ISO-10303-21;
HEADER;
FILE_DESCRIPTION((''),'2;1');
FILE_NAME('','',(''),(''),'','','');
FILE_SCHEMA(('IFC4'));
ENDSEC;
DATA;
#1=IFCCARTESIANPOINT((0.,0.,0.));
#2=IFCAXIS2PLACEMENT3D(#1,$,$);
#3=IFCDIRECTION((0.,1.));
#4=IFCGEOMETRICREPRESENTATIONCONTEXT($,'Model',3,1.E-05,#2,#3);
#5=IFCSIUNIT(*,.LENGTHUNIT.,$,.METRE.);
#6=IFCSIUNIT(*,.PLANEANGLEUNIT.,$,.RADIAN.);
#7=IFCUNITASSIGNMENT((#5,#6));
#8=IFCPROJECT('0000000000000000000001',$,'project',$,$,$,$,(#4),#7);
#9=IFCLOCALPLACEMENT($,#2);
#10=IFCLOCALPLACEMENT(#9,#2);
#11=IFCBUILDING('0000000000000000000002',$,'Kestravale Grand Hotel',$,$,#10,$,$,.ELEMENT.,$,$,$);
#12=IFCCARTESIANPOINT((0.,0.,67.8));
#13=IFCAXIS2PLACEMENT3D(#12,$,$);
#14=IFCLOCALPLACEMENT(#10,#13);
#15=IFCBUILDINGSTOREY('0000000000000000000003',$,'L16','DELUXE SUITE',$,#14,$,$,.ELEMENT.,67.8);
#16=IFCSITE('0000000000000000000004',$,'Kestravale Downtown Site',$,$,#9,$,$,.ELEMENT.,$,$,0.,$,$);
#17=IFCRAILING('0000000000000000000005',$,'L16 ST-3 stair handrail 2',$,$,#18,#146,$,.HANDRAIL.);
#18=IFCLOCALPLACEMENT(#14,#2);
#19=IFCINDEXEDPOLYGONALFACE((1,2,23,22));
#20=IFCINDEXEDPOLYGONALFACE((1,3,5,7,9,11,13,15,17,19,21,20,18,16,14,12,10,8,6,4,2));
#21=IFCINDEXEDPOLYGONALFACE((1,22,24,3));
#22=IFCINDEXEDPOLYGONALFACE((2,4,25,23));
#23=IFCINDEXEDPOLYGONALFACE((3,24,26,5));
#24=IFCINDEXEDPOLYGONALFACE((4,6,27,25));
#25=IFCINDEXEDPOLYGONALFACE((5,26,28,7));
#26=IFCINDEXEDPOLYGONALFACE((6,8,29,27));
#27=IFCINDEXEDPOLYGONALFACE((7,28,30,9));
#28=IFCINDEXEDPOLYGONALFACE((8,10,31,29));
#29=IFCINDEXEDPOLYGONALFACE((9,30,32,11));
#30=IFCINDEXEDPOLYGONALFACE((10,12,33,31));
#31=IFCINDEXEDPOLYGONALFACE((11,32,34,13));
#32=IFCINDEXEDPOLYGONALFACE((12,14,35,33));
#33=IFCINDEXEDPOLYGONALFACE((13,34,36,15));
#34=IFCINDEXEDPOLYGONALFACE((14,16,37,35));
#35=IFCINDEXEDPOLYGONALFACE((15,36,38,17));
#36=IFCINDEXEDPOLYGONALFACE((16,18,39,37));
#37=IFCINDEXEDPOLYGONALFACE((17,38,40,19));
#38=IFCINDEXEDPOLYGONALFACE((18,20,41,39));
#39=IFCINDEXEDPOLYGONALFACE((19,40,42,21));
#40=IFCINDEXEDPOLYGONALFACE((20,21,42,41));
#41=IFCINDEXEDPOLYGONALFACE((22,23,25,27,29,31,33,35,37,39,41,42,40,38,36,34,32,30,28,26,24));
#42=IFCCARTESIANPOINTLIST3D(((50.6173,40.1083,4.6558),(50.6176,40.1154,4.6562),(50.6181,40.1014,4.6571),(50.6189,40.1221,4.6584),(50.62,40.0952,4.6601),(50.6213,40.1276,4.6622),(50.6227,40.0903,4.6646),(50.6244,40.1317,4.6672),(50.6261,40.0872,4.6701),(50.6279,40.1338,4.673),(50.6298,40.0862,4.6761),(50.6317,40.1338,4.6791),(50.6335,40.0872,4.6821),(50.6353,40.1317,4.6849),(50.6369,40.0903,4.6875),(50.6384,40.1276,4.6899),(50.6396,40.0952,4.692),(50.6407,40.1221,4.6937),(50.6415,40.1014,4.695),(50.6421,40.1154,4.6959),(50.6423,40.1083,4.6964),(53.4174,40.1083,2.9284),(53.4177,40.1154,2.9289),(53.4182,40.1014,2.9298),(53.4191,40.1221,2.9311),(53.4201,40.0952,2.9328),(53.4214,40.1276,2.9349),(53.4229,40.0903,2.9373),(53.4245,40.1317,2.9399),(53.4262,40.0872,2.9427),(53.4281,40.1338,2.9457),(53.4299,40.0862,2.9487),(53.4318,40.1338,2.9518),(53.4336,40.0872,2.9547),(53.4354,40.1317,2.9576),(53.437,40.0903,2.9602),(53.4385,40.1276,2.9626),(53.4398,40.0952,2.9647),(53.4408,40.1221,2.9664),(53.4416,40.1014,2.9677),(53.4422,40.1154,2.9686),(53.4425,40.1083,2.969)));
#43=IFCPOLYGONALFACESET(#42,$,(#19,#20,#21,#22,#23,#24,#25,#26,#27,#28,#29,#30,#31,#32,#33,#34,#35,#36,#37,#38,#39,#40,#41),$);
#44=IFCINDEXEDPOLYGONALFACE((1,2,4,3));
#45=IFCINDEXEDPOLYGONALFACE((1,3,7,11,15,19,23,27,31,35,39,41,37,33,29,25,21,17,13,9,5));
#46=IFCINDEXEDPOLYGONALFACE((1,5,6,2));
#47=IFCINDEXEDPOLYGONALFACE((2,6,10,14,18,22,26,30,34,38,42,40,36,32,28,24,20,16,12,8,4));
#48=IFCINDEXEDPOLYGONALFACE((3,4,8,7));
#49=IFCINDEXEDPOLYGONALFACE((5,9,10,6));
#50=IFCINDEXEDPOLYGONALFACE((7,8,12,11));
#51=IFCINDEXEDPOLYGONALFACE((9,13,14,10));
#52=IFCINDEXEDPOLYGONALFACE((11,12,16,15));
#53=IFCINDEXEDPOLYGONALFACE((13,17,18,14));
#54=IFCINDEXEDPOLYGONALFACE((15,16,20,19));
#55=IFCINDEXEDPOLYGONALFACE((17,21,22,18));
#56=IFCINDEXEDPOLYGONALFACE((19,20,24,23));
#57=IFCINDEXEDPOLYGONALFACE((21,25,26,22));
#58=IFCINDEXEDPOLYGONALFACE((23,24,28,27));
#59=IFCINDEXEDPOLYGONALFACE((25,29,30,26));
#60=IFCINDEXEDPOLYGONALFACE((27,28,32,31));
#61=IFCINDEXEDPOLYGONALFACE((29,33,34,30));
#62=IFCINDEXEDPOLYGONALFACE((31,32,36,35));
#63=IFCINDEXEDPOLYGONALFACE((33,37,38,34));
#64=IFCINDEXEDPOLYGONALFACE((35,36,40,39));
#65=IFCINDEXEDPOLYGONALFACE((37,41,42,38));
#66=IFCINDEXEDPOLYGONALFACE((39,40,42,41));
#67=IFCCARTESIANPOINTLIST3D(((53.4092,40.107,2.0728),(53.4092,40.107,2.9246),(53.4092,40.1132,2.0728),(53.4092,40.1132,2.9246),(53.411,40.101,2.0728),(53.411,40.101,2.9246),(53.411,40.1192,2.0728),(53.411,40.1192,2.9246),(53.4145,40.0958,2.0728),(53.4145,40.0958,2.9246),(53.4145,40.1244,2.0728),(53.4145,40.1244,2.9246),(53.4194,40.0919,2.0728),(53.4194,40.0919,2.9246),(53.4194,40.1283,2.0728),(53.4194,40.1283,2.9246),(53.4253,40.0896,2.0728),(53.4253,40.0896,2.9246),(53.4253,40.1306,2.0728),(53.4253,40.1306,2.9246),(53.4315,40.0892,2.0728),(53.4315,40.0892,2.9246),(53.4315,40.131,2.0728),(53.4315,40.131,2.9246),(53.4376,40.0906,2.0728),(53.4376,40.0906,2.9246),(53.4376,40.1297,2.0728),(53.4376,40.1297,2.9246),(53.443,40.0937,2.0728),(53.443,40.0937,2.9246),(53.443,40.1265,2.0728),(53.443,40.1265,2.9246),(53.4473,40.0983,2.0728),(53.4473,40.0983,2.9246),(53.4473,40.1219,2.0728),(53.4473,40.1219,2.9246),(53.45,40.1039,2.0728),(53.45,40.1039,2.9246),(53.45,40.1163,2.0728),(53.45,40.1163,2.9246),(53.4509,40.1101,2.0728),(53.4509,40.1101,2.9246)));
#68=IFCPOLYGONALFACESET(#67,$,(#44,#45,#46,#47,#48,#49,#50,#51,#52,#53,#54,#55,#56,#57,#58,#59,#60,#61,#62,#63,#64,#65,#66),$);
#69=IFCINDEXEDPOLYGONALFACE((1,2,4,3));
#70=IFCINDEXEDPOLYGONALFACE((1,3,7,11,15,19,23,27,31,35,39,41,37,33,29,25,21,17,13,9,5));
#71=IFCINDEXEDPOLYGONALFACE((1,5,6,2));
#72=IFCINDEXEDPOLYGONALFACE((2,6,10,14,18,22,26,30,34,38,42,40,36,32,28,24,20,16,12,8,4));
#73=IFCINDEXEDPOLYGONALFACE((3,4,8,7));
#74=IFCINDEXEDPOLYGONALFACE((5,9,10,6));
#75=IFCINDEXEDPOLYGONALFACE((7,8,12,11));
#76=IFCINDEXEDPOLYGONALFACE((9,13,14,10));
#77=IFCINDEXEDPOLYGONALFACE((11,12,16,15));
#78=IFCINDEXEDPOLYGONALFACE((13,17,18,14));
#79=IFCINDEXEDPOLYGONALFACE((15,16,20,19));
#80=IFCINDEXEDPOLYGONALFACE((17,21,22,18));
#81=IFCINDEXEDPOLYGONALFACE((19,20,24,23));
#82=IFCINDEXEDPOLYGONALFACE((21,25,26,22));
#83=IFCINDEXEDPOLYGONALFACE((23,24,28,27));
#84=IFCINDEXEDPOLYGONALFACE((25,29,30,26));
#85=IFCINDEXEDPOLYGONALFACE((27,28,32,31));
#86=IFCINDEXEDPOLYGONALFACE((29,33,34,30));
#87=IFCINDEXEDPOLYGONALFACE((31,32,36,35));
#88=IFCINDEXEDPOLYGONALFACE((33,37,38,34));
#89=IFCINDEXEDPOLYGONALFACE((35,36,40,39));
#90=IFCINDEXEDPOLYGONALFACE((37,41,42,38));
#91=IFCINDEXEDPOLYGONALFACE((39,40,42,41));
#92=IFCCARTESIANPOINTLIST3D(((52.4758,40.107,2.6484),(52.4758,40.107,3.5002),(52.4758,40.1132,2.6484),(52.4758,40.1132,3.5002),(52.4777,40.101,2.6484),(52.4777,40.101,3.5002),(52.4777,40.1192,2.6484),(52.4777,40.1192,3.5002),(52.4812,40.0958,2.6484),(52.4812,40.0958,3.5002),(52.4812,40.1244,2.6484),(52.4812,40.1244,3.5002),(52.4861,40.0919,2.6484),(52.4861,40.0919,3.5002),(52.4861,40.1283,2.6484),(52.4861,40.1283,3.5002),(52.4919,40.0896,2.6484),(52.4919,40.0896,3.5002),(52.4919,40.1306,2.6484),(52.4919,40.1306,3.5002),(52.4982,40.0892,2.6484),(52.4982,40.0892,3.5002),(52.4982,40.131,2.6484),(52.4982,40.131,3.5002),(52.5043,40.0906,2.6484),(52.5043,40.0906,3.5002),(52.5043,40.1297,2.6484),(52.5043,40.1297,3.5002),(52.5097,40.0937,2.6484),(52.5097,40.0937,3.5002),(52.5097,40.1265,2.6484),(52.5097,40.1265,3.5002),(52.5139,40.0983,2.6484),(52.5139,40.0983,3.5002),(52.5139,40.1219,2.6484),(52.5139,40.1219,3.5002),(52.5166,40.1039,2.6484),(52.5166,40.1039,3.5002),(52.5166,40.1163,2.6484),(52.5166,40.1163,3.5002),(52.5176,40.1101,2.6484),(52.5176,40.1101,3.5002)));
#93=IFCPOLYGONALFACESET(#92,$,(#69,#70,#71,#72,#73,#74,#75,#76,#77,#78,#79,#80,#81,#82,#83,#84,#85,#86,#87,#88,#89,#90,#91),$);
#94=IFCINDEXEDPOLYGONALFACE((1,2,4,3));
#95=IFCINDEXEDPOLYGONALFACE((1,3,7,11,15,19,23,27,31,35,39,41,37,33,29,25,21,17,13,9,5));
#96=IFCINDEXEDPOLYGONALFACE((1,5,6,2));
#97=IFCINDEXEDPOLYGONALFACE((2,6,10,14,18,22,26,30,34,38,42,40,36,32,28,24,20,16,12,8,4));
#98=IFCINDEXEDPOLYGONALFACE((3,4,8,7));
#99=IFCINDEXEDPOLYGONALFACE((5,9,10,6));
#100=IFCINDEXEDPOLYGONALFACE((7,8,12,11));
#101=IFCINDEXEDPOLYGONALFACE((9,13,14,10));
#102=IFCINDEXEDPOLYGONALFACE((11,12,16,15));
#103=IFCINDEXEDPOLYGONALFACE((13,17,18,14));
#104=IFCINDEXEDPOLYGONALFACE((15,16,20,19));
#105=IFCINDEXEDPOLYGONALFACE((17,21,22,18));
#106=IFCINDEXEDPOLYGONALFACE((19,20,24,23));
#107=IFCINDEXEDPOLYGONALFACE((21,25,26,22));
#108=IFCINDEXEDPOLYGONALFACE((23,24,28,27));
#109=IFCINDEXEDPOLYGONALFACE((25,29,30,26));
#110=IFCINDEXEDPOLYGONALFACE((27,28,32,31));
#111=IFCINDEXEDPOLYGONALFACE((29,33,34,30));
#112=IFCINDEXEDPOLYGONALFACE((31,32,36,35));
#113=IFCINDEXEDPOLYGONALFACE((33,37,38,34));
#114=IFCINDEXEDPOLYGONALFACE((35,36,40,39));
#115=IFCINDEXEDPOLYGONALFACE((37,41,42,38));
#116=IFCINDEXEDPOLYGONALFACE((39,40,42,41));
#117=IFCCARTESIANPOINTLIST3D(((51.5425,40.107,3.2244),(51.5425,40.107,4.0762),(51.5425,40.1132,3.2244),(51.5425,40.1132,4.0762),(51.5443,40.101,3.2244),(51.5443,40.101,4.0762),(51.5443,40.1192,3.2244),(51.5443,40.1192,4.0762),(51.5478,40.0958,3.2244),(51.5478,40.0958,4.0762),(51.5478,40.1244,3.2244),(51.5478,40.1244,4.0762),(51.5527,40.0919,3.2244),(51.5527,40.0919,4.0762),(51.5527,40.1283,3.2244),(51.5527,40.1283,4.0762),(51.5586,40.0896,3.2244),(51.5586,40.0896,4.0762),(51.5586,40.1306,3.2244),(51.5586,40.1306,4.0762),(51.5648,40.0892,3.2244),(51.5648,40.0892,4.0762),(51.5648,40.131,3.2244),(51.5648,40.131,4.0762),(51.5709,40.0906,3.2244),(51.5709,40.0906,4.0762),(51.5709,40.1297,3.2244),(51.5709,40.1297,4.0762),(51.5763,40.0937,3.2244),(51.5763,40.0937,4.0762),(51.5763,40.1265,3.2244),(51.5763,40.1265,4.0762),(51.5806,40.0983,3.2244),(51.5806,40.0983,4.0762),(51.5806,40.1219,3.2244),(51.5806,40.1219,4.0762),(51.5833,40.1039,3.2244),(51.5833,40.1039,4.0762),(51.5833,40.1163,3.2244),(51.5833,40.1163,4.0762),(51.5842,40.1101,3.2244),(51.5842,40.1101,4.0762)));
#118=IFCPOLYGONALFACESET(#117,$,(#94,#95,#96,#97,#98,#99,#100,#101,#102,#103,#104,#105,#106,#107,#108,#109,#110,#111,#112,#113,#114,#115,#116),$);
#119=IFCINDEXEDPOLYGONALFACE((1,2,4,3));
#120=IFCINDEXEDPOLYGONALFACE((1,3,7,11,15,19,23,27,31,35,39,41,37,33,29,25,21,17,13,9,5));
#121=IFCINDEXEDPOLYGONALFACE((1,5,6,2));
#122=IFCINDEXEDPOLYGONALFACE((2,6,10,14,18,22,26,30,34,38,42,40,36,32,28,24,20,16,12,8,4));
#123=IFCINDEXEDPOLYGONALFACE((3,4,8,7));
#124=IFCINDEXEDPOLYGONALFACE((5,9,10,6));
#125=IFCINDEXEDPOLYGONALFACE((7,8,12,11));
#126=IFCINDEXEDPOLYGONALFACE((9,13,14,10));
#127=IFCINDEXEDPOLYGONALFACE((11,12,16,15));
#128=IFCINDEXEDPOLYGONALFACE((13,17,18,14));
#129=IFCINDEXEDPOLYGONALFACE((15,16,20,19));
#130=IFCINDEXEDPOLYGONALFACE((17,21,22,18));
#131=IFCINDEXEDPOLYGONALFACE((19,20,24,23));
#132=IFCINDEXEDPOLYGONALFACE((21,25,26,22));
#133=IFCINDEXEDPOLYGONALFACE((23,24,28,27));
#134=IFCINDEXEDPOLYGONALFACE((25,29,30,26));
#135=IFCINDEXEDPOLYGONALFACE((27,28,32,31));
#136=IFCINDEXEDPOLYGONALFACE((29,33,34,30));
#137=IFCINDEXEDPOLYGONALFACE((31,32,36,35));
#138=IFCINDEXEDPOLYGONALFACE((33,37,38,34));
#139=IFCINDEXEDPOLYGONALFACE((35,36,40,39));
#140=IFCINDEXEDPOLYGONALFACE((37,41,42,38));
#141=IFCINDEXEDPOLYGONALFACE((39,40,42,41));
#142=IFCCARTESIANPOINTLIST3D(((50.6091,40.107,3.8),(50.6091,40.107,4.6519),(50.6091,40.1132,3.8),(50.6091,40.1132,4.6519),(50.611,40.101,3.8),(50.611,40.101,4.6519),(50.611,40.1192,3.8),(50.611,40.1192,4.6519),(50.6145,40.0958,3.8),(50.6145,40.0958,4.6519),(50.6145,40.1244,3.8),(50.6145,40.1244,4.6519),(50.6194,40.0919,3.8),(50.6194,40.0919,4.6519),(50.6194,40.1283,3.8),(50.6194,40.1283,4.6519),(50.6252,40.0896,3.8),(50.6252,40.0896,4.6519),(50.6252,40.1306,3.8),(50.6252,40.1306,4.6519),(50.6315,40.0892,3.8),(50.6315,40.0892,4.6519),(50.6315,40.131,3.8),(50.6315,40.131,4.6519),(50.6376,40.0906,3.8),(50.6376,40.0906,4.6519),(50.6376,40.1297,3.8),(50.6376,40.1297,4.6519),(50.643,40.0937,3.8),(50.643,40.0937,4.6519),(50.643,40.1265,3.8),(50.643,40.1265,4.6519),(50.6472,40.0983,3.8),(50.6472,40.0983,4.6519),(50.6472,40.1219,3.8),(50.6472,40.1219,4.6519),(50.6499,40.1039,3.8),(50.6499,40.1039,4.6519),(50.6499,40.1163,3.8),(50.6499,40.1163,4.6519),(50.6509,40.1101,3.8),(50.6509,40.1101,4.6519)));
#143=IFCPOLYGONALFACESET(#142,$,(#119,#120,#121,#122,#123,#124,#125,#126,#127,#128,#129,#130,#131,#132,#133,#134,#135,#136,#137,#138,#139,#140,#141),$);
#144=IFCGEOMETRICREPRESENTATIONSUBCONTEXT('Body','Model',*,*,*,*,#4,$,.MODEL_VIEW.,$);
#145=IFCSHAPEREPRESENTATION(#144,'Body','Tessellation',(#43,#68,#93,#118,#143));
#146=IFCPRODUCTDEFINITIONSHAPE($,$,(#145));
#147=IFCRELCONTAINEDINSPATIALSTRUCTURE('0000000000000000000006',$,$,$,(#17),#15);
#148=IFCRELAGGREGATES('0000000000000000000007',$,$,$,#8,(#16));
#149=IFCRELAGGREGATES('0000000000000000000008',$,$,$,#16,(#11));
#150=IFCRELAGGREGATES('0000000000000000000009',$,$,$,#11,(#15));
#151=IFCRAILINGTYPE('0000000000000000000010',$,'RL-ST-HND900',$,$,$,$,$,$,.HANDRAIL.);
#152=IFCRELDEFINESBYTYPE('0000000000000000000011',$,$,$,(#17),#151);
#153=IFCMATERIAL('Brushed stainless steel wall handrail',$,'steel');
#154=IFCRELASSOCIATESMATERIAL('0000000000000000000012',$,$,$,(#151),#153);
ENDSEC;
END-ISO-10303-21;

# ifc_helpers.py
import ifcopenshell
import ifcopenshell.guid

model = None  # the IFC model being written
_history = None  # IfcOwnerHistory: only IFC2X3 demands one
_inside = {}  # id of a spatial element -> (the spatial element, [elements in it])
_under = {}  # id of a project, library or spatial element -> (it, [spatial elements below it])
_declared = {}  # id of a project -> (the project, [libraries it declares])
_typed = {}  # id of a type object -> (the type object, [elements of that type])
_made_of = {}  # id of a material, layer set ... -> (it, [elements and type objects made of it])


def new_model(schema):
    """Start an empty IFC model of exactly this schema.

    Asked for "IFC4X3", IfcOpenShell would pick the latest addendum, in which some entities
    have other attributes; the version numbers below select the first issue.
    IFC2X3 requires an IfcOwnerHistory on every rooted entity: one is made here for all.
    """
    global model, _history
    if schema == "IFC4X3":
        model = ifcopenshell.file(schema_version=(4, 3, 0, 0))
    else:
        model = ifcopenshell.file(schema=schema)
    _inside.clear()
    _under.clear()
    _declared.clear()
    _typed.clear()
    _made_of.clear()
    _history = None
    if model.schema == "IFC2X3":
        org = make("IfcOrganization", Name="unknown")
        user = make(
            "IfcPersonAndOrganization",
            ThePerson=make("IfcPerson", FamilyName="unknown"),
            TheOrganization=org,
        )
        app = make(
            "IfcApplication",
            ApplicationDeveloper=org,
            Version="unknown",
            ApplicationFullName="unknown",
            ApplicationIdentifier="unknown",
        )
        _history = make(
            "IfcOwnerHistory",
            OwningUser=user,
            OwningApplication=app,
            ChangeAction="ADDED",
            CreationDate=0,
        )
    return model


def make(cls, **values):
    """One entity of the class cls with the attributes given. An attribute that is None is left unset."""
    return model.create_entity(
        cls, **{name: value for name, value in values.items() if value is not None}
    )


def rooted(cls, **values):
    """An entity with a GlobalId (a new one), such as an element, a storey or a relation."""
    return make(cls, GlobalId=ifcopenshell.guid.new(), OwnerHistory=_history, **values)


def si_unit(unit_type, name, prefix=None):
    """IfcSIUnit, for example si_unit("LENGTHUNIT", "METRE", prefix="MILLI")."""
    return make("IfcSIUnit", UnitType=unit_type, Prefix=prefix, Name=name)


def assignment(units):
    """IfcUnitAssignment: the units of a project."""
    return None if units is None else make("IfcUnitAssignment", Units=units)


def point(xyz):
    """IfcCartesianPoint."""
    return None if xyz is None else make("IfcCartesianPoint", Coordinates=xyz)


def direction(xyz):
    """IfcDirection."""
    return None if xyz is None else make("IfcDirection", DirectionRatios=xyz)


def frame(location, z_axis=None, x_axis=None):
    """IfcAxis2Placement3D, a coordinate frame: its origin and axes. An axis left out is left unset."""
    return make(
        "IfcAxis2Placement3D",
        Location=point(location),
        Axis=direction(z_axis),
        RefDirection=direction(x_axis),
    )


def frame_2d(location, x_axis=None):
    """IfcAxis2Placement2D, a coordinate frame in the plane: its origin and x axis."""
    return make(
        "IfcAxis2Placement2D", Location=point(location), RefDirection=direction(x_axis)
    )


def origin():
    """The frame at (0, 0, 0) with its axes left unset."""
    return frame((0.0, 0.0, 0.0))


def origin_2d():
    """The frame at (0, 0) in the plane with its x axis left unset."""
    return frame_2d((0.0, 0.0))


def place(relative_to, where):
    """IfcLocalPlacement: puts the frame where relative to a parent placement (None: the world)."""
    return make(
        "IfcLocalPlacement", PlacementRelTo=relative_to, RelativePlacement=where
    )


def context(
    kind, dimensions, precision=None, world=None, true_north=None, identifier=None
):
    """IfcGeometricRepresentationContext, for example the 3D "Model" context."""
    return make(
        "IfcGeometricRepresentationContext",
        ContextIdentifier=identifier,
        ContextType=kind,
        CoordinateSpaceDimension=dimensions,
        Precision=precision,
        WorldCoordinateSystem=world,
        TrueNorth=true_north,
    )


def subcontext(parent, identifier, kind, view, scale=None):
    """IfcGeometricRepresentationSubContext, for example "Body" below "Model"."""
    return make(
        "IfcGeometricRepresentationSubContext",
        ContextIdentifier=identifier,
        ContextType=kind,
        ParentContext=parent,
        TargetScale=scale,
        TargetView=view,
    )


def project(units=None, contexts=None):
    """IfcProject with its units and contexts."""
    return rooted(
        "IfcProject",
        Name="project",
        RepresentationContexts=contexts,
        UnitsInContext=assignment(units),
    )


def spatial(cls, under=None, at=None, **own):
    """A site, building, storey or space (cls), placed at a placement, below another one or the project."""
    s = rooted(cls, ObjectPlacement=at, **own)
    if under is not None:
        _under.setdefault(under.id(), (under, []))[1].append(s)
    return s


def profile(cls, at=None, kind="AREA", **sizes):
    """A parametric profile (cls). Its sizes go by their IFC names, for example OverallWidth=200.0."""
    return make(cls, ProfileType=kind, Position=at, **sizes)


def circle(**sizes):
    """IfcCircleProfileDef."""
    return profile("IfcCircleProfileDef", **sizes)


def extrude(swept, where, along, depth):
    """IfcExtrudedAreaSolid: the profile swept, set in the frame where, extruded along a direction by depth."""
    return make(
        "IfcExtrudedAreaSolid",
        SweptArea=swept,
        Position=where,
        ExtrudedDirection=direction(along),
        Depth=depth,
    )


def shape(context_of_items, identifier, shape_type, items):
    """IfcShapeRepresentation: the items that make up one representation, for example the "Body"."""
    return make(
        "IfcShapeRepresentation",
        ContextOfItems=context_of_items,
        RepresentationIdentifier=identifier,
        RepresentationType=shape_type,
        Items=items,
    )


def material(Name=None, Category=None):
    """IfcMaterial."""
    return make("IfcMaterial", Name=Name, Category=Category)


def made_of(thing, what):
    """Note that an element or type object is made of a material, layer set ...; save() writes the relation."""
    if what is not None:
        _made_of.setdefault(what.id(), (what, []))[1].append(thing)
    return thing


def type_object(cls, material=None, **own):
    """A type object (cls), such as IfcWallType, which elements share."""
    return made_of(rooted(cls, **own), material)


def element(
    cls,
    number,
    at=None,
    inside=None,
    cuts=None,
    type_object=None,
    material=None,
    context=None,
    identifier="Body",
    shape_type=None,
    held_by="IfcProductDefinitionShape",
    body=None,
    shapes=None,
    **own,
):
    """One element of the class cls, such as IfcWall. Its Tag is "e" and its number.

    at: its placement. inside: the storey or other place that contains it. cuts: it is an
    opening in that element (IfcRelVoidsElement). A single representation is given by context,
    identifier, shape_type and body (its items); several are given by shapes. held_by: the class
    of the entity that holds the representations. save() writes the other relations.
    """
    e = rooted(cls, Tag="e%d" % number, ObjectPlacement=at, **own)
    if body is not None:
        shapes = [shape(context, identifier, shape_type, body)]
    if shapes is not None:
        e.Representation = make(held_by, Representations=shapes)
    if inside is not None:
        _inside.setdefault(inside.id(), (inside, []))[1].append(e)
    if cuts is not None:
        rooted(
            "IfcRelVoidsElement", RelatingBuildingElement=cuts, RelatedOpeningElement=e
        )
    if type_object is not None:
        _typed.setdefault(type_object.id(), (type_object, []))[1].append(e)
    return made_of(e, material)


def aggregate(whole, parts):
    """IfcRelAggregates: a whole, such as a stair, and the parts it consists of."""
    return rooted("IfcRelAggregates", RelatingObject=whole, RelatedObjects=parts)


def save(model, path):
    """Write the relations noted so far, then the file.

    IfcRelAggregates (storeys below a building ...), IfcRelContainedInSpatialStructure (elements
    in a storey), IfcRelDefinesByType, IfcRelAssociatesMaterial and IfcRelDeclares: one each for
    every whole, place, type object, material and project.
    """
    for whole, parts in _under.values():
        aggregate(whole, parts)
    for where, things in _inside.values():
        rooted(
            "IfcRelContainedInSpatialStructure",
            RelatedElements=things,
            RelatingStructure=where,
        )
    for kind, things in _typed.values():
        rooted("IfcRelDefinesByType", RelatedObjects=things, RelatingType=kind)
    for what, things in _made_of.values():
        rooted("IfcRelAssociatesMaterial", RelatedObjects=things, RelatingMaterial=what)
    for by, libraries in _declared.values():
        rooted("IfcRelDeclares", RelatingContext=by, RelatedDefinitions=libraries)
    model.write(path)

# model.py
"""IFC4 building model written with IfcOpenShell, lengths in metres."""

from ifc_helpers import new_model, si_unit, direction, frame, origin, origin_2d, place, context, subcontext, project, spatial, circle, extrude, material, type_object, element, save


model = new_model("IFC4")

# Units and contexts
model_context = context("Model", 3, precision=1e-05, world=origin(), true_north=direction((0.0, 1.0)))
body_context = subcontext(model_context, "Body", "Model", "MODEL_VIEW")
ifc_project = project(units=[si_unit("LENGTHUNIT", "METRE"), si_unit("PLANEANGLEUNIT", "RADIAN")], contexts=[model_context])

# Site, building, storey
site_placement = place(None, origin())
site = spatial("IfcSite", under=ifc_project, at=site_placement, Name="Kestravale Downtown Site", CompositionType="ELEMENT", RefElevation=0.0)
building_placement = place(site_placement, origin())
building = spatial("IfcBuilding", under=site, at=building_placement, Name="Kestravale Grand Hotel", CompositionType="ELEMENT")
storey_placement = place(building_placement, frame((0.0, 0.0, 67.8)))
storey = spatial("IfcBuildingStorey", under=building, at=storey_placement, Name="L16", Description="DELUXE SUITE", CompositionType="ELEMENT", Elevation=67.8)

# Railing
ifc_material_1 = material(Name="Brushed stainless steel wall handrail", Category="steel")
railing_type_1 = type_object("IfcRailingType", Name="RL-ST-HND900", PredefinedType="HANDRAIL", material=ifc_material_1)
railing_1_placement = place(storey_placement, frame((53.4299, 40.1101, 2.0728)))
element("IfcRailing", 1, at=railing_1_placement, inside=storey, type_object=railing_type_1, Name="L16 ST-3 stair handrail 2", PredefinedType="HANDRAIL", context=body_context, shape_type="SweptSolid", body=[
    extrude(circle(Radius=0.0239, at=origin_2d()), frame((0.0, 0.0, 0.876), z_axis=(-0.85109, 0.0, 0.52502), x_axis=(0.0, -1.0, 0.0)), (0.0, 0.0, 1.0), 3.29),
    extrude(circle(Radius=0.021, at=origin_2d()), origin(), (0.0, 0.0, 1.0), 0.8518),
    extrude(circle(Radius=0.021, at=origin_2d()), frame((-0.9333, 0.0, 0.5757)), (0.0, 0.0, 1.0), 0.8518),
    extrude(circle(Radius=0.021, at=origin_2d()), frame((-1.8667, 0.0, 1.1516)), (0.0, 0.0, 1.0), 0.8518),
    extrude(circle(Radius=0.021, at=origin_2d()), frame((-2.8, 0.0, 1.7273)), (0.0, 0.0, 1.0), 0.8518),
])

save(model, "model.ifc")
